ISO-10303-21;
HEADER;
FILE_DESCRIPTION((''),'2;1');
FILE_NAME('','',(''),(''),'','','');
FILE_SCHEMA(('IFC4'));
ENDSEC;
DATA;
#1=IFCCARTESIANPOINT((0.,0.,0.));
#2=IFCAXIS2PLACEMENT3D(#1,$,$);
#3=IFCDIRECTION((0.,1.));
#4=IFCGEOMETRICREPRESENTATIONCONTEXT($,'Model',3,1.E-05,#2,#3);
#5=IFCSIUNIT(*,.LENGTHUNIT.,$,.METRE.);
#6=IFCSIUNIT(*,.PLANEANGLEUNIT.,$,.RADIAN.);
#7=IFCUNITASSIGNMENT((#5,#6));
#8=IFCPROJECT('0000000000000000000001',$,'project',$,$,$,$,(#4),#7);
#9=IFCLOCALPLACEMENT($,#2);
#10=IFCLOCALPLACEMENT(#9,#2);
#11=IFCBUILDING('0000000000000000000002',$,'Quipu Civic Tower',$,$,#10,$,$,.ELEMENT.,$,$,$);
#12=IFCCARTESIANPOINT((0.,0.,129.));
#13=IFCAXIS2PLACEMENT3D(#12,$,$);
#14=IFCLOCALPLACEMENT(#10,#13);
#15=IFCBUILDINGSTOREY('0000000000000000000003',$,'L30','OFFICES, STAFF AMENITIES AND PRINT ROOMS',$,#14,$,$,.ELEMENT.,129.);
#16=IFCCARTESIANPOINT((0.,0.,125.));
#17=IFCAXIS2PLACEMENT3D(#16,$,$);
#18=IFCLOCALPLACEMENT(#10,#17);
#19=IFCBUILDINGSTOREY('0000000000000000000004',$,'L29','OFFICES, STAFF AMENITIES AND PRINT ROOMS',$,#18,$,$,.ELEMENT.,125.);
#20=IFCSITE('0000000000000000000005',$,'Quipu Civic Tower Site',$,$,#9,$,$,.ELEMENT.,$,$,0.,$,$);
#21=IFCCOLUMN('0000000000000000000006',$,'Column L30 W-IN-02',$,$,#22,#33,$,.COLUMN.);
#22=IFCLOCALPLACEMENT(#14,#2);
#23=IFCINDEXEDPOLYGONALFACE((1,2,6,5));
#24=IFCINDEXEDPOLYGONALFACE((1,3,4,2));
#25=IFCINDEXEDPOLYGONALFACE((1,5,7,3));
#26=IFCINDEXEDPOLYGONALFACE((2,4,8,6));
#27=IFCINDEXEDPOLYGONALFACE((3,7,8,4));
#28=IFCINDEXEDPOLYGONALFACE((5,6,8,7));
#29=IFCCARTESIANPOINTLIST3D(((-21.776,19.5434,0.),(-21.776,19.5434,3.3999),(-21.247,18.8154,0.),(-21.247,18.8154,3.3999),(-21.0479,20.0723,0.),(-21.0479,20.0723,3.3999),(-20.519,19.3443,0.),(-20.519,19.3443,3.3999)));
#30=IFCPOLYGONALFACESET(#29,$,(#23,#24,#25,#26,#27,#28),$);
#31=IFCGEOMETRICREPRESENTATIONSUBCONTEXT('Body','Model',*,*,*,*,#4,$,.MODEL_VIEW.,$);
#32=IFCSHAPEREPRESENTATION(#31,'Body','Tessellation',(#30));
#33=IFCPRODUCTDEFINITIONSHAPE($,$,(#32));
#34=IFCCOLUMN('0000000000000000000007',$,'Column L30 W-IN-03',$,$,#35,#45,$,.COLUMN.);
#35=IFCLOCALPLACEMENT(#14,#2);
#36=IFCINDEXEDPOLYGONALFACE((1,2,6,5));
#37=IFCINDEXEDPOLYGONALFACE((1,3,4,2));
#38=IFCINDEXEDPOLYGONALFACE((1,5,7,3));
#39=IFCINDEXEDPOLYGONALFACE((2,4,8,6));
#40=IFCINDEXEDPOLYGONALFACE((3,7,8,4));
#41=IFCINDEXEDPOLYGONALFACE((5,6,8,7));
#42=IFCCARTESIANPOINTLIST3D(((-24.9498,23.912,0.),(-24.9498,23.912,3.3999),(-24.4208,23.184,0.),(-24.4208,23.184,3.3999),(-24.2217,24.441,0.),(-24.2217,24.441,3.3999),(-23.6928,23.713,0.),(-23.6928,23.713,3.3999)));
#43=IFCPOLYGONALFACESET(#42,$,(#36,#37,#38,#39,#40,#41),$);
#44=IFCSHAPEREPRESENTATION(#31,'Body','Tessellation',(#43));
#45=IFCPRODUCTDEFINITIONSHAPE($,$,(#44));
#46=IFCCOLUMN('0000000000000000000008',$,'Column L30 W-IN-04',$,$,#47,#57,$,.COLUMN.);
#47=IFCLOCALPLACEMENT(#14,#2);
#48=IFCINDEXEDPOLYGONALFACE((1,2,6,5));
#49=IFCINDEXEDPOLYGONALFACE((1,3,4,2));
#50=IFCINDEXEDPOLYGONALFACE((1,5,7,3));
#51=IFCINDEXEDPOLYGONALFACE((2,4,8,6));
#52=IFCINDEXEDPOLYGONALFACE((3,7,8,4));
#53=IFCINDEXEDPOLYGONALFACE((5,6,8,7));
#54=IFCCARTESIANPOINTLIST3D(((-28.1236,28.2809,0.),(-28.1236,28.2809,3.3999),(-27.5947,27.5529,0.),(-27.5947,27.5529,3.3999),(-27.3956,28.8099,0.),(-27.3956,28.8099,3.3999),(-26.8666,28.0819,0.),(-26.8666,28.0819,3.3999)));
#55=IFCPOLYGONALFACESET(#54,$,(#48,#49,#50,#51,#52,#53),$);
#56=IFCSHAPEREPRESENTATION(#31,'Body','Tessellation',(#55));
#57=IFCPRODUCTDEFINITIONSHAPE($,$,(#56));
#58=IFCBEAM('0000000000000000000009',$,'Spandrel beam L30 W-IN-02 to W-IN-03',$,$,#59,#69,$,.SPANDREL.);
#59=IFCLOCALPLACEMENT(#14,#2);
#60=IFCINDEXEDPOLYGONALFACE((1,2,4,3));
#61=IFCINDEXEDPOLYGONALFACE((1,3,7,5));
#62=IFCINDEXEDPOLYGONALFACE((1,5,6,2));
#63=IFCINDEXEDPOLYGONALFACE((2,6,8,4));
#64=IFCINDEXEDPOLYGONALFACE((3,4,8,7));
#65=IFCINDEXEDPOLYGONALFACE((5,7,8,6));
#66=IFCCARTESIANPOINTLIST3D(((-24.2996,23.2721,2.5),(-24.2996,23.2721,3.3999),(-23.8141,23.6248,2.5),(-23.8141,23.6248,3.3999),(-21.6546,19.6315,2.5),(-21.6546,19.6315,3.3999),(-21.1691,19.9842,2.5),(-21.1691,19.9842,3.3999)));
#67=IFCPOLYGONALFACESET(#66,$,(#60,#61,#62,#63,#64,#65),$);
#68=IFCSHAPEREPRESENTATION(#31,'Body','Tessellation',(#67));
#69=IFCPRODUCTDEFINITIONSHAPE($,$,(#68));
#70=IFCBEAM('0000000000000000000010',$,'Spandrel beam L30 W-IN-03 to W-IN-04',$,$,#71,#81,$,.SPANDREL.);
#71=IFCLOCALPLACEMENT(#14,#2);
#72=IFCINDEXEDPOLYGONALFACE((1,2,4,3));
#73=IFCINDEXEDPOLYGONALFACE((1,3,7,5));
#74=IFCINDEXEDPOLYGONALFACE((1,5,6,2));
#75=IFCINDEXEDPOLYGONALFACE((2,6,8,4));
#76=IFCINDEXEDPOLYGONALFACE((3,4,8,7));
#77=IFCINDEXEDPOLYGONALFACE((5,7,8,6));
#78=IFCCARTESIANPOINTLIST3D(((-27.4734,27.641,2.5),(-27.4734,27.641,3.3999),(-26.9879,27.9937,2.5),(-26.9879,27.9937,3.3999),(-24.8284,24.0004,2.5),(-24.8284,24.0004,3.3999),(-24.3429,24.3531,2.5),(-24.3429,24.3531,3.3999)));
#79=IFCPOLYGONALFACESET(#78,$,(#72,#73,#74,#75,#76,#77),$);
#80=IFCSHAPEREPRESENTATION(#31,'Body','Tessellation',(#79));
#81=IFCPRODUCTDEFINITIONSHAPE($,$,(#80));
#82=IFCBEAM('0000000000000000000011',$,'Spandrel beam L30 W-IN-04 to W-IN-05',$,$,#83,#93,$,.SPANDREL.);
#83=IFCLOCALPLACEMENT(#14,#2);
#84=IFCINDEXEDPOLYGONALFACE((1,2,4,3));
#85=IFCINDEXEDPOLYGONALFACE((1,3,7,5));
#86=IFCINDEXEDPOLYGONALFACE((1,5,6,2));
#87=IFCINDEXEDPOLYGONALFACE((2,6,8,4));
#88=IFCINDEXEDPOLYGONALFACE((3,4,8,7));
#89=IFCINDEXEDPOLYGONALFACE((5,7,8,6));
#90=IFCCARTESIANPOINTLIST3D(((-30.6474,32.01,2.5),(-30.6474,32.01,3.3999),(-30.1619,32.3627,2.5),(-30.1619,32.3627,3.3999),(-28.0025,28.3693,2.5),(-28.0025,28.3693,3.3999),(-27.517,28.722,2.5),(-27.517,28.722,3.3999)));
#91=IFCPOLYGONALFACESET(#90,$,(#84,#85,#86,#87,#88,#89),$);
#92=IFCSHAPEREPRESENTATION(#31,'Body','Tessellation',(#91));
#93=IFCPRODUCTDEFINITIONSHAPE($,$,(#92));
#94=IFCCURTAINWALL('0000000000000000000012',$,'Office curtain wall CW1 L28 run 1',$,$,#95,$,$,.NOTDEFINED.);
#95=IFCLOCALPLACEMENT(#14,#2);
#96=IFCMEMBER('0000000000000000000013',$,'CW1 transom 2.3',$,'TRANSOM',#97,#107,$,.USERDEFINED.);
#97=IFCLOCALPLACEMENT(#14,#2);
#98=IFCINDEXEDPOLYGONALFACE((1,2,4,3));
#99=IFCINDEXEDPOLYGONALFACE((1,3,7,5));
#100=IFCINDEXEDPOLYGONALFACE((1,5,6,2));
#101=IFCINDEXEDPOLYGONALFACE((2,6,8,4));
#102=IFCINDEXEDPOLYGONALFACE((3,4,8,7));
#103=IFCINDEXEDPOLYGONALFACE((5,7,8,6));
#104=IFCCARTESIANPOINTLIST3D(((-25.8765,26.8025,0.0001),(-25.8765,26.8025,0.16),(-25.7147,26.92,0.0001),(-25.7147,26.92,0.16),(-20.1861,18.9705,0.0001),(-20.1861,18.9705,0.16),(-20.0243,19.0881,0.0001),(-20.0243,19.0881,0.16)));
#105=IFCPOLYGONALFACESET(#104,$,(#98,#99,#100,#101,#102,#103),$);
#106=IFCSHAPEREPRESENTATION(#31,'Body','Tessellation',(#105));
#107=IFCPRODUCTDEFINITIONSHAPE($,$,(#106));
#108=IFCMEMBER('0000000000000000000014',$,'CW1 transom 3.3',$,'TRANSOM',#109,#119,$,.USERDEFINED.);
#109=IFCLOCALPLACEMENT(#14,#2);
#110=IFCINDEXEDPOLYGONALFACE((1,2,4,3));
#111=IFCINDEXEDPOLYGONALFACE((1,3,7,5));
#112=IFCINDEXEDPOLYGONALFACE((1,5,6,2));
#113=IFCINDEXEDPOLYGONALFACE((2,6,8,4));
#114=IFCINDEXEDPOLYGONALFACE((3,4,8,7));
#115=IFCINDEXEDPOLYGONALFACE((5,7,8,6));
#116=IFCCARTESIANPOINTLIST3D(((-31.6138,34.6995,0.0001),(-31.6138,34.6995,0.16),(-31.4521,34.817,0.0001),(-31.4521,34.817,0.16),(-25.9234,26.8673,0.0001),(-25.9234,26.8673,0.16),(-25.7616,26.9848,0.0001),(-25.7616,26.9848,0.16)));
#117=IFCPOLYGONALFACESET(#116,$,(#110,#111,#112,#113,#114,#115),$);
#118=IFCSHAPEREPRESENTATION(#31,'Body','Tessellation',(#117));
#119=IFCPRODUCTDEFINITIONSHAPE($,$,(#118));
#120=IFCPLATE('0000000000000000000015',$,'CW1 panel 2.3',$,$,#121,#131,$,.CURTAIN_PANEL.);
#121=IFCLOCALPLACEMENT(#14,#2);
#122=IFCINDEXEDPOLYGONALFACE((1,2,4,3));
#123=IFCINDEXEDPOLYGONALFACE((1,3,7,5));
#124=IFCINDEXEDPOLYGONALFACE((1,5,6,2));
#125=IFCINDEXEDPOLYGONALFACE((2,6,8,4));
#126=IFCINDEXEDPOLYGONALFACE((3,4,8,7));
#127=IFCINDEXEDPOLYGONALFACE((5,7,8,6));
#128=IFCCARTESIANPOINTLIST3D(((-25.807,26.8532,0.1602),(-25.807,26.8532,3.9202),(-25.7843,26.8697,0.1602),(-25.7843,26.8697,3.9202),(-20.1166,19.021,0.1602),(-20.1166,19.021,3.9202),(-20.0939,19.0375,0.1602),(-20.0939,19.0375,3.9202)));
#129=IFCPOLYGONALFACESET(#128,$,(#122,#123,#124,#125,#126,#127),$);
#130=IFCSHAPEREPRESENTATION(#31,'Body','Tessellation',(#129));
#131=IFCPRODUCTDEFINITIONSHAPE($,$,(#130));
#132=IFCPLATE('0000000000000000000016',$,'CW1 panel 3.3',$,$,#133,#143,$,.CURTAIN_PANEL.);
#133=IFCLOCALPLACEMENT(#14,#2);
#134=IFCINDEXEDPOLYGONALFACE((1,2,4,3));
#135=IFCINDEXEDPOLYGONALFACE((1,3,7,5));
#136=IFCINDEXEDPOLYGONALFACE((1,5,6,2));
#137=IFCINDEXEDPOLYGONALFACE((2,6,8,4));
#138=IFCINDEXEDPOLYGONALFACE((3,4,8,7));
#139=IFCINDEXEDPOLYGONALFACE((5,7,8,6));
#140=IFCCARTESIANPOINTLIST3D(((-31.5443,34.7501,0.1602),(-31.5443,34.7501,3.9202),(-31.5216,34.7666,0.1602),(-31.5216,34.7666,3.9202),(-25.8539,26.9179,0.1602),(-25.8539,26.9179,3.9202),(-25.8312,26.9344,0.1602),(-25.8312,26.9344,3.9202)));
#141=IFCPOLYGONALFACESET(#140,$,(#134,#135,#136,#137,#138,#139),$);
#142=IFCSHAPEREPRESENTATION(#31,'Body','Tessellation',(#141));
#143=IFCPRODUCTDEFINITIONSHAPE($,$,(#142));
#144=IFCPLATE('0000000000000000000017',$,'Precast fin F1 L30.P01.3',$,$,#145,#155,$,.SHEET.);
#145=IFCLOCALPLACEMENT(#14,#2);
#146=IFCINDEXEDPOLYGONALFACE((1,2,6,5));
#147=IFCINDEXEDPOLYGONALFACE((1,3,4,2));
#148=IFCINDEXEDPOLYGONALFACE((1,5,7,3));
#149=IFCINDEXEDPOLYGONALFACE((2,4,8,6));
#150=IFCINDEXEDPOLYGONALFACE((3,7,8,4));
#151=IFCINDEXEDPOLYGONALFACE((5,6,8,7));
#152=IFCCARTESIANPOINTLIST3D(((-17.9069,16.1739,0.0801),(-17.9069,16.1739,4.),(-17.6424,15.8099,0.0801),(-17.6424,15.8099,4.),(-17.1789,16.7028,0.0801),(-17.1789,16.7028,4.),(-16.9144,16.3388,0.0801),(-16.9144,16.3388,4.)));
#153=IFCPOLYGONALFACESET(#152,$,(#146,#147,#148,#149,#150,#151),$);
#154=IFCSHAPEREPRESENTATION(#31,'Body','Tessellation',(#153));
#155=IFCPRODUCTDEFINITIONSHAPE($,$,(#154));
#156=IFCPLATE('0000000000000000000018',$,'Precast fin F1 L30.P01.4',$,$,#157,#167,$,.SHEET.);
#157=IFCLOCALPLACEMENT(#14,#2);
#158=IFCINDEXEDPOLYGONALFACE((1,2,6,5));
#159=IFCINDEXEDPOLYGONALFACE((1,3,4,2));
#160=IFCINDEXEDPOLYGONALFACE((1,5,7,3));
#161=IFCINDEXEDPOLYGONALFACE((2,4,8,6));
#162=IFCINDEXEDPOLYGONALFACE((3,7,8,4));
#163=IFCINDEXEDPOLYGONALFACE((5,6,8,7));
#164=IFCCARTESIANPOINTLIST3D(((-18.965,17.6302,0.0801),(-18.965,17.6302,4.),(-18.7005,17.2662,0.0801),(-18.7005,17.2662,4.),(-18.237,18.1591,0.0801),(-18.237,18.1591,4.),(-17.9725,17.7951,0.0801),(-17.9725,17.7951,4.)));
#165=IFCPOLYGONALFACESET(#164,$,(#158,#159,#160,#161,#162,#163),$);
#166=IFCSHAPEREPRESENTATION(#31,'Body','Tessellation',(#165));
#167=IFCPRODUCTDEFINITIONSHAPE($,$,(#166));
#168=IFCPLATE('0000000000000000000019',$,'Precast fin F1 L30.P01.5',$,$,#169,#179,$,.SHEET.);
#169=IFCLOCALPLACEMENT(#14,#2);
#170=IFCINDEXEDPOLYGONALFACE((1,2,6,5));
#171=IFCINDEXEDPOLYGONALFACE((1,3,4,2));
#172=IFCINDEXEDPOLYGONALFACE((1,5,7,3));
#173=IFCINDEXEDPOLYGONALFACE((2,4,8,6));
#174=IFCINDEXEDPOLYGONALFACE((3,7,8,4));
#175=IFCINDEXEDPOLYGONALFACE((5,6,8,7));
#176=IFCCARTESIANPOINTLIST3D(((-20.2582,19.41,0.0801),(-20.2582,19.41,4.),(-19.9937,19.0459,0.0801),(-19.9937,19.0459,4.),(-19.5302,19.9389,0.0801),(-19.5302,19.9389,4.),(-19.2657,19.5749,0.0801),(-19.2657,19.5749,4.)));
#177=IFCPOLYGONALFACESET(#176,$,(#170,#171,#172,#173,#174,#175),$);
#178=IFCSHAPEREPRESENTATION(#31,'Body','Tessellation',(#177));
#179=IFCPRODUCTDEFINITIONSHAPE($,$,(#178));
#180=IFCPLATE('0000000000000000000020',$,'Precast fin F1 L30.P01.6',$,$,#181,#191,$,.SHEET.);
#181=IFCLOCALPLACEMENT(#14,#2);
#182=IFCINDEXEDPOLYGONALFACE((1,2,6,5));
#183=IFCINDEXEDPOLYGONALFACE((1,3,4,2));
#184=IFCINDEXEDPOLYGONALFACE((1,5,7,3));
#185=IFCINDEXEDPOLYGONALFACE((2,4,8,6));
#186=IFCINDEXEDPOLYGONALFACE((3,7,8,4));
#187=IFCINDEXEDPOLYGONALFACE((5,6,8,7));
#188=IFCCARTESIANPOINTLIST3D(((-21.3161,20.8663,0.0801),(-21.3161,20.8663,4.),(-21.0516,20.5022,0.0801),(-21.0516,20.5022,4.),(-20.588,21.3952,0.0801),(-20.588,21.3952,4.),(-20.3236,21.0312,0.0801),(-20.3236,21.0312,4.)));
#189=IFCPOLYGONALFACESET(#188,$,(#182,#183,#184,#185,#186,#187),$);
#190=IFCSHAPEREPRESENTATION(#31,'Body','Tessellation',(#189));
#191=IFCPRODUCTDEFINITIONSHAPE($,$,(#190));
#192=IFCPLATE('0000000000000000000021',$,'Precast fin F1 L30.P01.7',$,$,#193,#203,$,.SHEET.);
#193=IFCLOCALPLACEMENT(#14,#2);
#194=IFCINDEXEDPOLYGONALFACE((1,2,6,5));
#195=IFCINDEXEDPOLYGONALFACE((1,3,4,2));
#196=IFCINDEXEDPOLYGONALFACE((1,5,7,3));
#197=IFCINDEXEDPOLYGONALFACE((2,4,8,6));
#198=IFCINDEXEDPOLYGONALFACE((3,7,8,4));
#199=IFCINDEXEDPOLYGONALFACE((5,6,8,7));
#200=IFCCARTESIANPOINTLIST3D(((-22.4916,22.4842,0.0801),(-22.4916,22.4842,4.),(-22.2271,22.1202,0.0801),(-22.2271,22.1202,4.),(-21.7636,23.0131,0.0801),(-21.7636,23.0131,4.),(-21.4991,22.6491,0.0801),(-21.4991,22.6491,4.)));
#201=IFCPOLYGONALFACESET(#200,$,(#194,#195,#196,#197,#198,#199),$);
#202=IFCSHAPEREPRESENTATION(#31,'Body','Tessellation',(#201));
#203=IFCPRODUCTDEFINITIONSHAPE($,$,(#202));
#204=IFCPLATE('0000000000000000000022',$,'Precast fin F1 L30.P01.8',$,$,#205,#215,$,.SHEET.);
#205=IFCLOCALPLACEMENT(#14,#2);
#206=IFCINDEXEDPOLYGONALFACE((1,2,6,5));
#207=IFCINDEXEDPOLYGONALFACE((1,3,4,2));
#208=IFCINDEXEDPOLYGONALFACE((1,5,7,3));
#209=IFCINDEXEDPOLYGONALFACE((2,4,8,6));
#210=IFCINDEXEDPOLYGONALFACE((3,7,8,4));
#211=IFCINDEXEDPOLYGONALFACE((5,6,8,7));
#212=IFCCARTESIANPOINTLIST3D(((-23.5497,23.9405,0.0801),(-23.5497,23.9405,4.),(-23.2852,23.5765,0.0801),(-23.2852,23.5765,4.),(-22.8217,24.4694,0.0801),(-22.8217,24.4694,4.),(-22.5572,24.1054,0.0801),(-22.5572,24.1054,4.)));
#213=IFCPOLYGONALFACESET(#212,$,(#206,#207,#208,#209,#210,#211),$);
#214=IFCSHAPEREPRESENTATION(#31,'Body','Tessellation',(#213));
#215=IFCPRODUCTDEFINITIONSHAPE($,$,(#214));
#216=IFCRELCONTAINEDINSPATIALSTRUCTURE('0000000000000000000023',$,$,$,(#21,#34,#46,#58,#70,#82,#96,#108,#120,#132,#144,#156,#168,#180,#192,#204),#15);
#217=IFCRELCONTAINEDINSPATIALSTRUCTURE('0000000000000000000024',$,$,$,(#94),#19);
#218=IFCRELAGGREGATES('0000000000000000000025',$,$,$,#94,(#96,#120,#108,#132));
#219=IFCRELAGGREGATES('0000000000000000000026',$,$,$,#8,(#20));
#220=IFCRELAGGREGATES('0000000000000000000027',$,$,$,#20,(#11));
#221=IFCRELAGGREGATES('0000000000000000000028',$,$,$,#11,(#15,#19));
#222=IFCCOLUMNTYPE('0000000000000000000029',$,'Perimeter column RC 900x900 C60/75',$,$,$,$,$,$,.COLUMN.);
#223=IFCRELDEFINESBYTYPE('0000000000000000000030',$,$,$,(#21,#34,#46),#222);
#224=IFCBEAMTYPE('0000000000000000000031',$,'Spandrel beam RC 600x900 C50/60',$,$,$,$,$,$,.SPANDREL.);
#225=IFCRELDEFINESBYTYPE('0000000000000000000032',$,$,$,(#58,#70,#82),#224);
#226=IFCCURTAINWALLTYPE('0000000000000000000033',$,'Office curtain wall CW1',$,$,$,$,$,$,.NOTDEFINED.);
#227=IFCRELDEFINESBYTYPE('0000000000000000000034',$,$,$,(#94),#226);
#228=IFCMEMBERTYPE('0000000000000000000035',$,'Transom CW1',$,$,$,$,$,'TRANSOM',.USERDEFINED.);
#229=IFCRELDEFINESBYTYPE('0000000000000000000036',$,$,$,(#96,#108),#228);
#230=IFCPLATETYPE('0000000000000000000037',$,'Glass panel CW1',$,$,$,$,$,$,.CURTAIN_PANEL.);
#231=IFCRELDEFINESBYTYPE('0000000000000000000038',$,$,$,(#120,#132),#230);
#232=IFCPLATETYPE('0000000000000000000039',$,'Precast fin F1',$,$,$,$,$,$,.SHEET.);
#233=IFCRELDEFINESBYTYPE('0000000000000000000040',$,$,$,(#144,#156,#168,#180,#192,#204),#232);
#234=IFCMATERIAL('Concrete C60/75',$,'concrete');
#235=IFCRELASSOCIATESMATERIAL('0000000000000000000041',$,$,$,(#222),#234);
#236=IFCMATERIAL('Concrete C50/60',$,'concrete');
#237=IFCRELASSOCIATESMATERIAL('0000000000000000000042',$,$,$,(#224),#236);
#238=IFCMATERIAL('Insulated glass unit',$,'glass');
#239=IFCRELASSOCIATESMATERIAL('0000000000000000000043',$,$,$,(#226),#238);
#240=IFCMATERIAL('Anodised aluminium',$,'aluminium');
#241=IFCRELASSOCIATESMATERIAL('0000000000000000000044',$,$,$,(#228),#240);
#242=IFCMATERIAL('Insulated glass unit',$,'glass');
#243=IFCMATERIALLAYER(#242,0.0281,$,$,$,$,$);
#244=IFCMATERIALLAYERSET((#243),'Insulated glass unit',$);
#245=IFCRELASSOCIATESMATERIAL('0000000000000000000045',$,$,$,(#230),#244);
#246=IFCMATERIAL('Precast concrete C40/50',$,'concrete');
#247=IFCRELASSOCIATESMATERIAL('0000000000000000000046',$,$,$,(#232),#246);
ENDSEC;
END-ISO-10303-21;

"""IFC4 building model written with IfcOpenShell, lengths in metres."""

from ifc_helpers import new_model, si_unit, direction, frame, origin, origin_2d, place, context, subcontext, project, spatial, rectangle, extrude, material, layer, layer_set, material_profile, profile_set, type_object, element, aggregate, save


model = new_model("IFC4")

# Units and contexts
model_context = context("Model", 3, precision=1e-05, world=origin(), true_north=direction((0.0, 1.0)))
body_context = subcontext(model_context, "Body", "Model", "MODEL_VIEW")
ifc_project = project(units=[si_unit("LENGTHUNIT", "METRE"), si_unit("PLANEANGLEUNIT", "RADIAN")], contexts=[model_context])

# Site, building, storey
site_placement = place(None, origin())
site = spatial("IfcSite", under=ifc_project, at=site_placement, Name="Quipu Civic Tower Site", CompositionType="ELEMENT", RefElevation=0.0)
building_placement = place(site_placement, origin())
building = spatial("IfcBuilding", under=site, at=building_placement, Name="Quipu Civic Tower", CompositionType="ELEMENT")
storey_1_placement = place(building_placement, frame((0.0, 0.0, 129.0)))
storey_1 = spatial("IfcBuildingStorey", under=building, at=storey_1_placement, Name="L30", Description="OFFICES, STAFF AMENITIES AND PRINT ROOMS", CompositionType="ELEMENT", Elevation=129.0)

# Columns
ifc_material_1 = material(Name="Concrete C60/75", Category="concrete")
ifc_material_profile_1 = material_profile(ifc_material_1, rectangle(XDim=0.8999, YDim=0.8999, at=origin_2d()), Name="RC900x900")
ifc_profile_set_1 = profile_set([ifc_material_profile_1], Name="Concrete C60/75")
column_type = type_object("IfcColumnType", Name="Perimeter column RC 900x900 C60/75", PredefinedType="COLUMN", material=ifc_profile_set_1)
for number, where, z_axis, x_axis, name in (
    (1, (-21.1475, 19.4438, 0.0), (0.0, 0.0, 1.0), (-0.587785, 0.809017, 0.0), "Column L30 W-IN-02"),
    (2, (-24.3213, 23.8125, 0.0), (0.0, 0.0, 1.0), (-0.587785, 0.809017, 0.0), "Column L30 W-IN-03"),
    (3, (-27.4951, 28.1814, 0.0), (0.0, 0.0, 1.0), (-0.587785, 0.809017, 0.0), "Column L30 W-IN-04"),
):
    element("IfcColumn", number, at=place(storey_1_placement, frame(where, z_axis=z_axis, x_axis=x_axis)), inside=storey_1, type_object=column_type, Name=name, PredefinedType="COLUMN", context=body_context, shape_type="SweptSolid", body=[
        extrude(rectangle(XDim=0.8999, YDim=0.8999, at=origin_2d()), origin(), (0.0, 0.0, 1.0), 3.3999),
    ])

# Beams
ifc_material_2 = material(Name="Concrete C50/60", Category="concrete")
ifc_material_profile_2 = material_profile(ifc_material_2, rectangle(XDim=0.6001, YDim=0.8999, at=origin_2d()), Name="RC600x900")
ifc_profile_set_2 = profile_set([ifc_material_profile_2], Name="Concrete C50/60")
beam_type = type_object("IfcBeamType", Name="Spandrel beam RC 600x900 C50/60", PredefinedType="SPANDREL", material=ifc_profile_set_2)
for number, where, z_axis, x_axis, name in (
    (4, (-21.4119, 19.8079, 2.95), (-0.587778, 0.809022, 0.0), (-0.809022, -0.587778, 0.0), "Spandrel beam L30 W-IN-02 to W-IN-03"),
    (5, (-24.5857, 24.1768, 2.95), (-0.587778, 0.809022, 0.0), (-0.809022, -0.587778, 0.0), "Spandrel beam L30 W-IN-03 to W-IN-04"),
    (6, (-27.7598, 28.5457, 2.95), (-0.587743, 0.809048, 0.0), (-0.809048, -0.587743, 0.0), "Spandrel beam L30 W-IN-04 to W-IN-05"),
):
    element("IfcBeam", number, at=place(storey_1_placement, frame(where, z_axis=z_axis, x_axis=x_axis)), inside=storey_1, type_object=beam_type, Name=name, PredefinedType="SPANDREL", context=body_context, shape_type="SweptSolid", body=[
        extrude(rectangle(XDim=0.6001, YDim=0.8999, at=origin_2d()), origin(), (0.0, 0.0, 1.0), 4.5),
    ])

# Shared definitions
storey_2_placement = place(building_placement, frame((0.0, 0.0, 125.0)))
storey_2 = spatial("IfcBuildingStorey", under=building, at=storey_2_placement, Name="L29", Description="OFFICES, STAFF AMENITIES AND PRINT ROOMS", CompositionType="ELEMENT", Elevation=125.0)

# Curtain wall, members, plates
ifc_material_3 = material(Name="Insulated glass unit", Category="glass")
curtain_wall_type = type_object("IfcCurtainWallType", Name="Office curtain wall CW1", PredefinedType="NOTDEFINED", material=ifc_material_3)
curtain_wall_placement = place(storey_2_placement, origin())
curtain_wall = element("IfcCurtainWall", 7, at=curtain_wall_placement, inside=storey_2, type_object=curtain_wall_type, Name="Office curtain wall CW1 L28 run 1", PredefinedType="NOTDEFINED")
ifc_material_4 = material(Name="Anodised aluminium", Category="aluminium")
ifc_material_profile_3 = material_profile(ifc_material_4, rectangle(XDim=0.2, YDim=0.1599, at=origin_2d()), Name="RECT 200x160")
ifc_profile_set_3 = profile_set([ifc_material_profile_3], Name="Anodised aluminium")
member_type = type_object("IfcMemberType", Name="Transom CW1", ElementType="TRANSOM", PredefinedType="USERDEFINED", material=ifc_profile_set_3)
member_1_placement = place(storey_1_placement, frame((-20.1052, 19.0293, 0.0801), z_axis=(-0.587794, 0.809011, 0.0), x_axis=(-0.809011, -0.587794, 0.0)))
member_1 = element("IfcMember", 8, at=member_1_placement, inside=storey_1, type_object=member_type, Name="CW1 transom 2.3", ObjectType="TRANSOM", PredefinedType="USERDEFINED", context=body_context, shape_type="SweptSolid", body=[
    extrude(rectangle(XDim=0.2, YDim=0.1599, at=origin_2d()), origin(), (0.0, 0.0, 1.0), 9.6809),
])
member_2_placement = place(storey_1_placement, frame((-25.8425, 26.926, 0.0801), z_axis=(-0.587782, 0.80902, 0.0), x_axis=(-0.80902, -0.587782, 0.0)))
member_2 = element("IfcMember", 9, at=member_2_placement, inside=storey_1, type_object=member_type, Name="CW1 transom 3.3", ObjectType="TRANSOM", PredefinedType="USERDEFINED", context=body_context, shape_type="SweptSolid", body=[
    extrude(rectangle(XDim=0.2, YDim=0.1599, at=origin_2d()), origin(), (0.0, 0.0, 1.0), 9.6812),
])
ifc_material_5 = material(Name="Insulated glass unit", Category="glass")
ifc_layer_1 = layer(ifc_material_5, 0.0281)
ifc_layer_set_1 = layer_set([ifc_layer_1], Name="Insulated glass unit")
plate_type_1 = type_object("IfcPlateType", Name="Glass panel CW1", PredefinedType="CURTAIN_PANEL", material=ifc_layer_set_1)
plate_1_placement = place(storey_1_placement, frame((-22.9504, 22.9453, 0.1602), z_axis=(0.0, 0.0, 1.0), x_axis=(-0.587786, 0.809017, 0.0)))
plate_1 = element("IfcPlate", 10, at=plate_1_placement, inside=storey_1, type_object=plate_type_1, Name="CW1 panel 2.3", PredefinedType="CURTAIN_PANEL", context=body_context, shape_type="SweptSolid", body=[
    extrude(rectangle(XDim=9.6812, YDim=0.0281, at=origin_2d()), origin(), (0.0, 0.0, 1.0), 3.76),
])
plate_2_placement = place(storey_1_placement, frame((-28.6877, 30.8423, 0.1602), z_axis=(0.0, 0.0, 1.0), x_axis=(-0.587786, 0.809017, 0.0)))
plate_2 = element("IfcPlate", 11, at=plate_2_placement, inside=storey_1, type_object=plate_type_1, Name="CW1 panel 3.3", PredefinedType="CURTAIN_PANEL", context=body_context, shape_type="SweptSolid", body=[
    extrude(rectangle(XDim=9.6812, YDim=0.0281, at=origin_2d()), origin(), (0.0, 0.0, 1.0), 3.76),
])
aggregate(curtain_wall, [member_1, plate_1, member_2, plate_2])

# Plates
ifc_material_6 = material(Name="Precast concrete C40/50", Category="concrete")
plate_type_2 = type_object("IfcPlateType", Name="Precast fin F1", PredefinedType="SHEET", material=ifc_material_6)
for number, where, z_axis, x_axis, name in (
    (12, (-17.4106, 16.2563, 0.0801), (0.0, 0.0, 1.0), (-0.587785, 0.809017, 0.0), "Precast fin F1 L30.P01.3"),
    (13, (-18.4688, 17.7126, 0.0801), (0.0, 0.0, 1.0), (-0.587785, 0.809017, 0.0), "Precast fin F1 L30.P01.4"),
    (14, (-19.762, 19.4924, 0.0801), (0.0, 0.0, 1.0), (-0.587785, 0.809017, 0.0), "Precast fin F1 L30.P01.5"),
    (15, (-20.8198, 20.9487, 0.0801), (0.0, 0.0, 1.0), (-0.587785, 0.809017, 0.0), "Precast fin F1 L30.P01.6"),
    (16, (-21.9954, 22.5667, 0.0801), (0.0, 0.0, 1.0), (-0.587785, 0.809017, 0.0), "Precast fin F1 L30.P01.7"),
    (17, (-23.0535, 24.0229, 0.0801), (0.0, 0.0, 1.0), (-0.587785, 0.809017, 0.0), "Precast fin F1 L30.P01.8"),
):
    element("IfcPlate", number, at=place(storey_1_placement, frame(where, z_axis=z_axis, x_axis=x_axis)), inside=storey_1, type_object=plate_type_2, Name=name, PredefinedType="SHEET", context=body_context, shape_type="SweptSolid", body=[
        extrude(rectangle(XDim=0.45, YDim=0.8999, at=origin_2d()), origin(), (0.0, 0.0, 1.0), 3.9199),
    ])

save(model, "model.ifc")
